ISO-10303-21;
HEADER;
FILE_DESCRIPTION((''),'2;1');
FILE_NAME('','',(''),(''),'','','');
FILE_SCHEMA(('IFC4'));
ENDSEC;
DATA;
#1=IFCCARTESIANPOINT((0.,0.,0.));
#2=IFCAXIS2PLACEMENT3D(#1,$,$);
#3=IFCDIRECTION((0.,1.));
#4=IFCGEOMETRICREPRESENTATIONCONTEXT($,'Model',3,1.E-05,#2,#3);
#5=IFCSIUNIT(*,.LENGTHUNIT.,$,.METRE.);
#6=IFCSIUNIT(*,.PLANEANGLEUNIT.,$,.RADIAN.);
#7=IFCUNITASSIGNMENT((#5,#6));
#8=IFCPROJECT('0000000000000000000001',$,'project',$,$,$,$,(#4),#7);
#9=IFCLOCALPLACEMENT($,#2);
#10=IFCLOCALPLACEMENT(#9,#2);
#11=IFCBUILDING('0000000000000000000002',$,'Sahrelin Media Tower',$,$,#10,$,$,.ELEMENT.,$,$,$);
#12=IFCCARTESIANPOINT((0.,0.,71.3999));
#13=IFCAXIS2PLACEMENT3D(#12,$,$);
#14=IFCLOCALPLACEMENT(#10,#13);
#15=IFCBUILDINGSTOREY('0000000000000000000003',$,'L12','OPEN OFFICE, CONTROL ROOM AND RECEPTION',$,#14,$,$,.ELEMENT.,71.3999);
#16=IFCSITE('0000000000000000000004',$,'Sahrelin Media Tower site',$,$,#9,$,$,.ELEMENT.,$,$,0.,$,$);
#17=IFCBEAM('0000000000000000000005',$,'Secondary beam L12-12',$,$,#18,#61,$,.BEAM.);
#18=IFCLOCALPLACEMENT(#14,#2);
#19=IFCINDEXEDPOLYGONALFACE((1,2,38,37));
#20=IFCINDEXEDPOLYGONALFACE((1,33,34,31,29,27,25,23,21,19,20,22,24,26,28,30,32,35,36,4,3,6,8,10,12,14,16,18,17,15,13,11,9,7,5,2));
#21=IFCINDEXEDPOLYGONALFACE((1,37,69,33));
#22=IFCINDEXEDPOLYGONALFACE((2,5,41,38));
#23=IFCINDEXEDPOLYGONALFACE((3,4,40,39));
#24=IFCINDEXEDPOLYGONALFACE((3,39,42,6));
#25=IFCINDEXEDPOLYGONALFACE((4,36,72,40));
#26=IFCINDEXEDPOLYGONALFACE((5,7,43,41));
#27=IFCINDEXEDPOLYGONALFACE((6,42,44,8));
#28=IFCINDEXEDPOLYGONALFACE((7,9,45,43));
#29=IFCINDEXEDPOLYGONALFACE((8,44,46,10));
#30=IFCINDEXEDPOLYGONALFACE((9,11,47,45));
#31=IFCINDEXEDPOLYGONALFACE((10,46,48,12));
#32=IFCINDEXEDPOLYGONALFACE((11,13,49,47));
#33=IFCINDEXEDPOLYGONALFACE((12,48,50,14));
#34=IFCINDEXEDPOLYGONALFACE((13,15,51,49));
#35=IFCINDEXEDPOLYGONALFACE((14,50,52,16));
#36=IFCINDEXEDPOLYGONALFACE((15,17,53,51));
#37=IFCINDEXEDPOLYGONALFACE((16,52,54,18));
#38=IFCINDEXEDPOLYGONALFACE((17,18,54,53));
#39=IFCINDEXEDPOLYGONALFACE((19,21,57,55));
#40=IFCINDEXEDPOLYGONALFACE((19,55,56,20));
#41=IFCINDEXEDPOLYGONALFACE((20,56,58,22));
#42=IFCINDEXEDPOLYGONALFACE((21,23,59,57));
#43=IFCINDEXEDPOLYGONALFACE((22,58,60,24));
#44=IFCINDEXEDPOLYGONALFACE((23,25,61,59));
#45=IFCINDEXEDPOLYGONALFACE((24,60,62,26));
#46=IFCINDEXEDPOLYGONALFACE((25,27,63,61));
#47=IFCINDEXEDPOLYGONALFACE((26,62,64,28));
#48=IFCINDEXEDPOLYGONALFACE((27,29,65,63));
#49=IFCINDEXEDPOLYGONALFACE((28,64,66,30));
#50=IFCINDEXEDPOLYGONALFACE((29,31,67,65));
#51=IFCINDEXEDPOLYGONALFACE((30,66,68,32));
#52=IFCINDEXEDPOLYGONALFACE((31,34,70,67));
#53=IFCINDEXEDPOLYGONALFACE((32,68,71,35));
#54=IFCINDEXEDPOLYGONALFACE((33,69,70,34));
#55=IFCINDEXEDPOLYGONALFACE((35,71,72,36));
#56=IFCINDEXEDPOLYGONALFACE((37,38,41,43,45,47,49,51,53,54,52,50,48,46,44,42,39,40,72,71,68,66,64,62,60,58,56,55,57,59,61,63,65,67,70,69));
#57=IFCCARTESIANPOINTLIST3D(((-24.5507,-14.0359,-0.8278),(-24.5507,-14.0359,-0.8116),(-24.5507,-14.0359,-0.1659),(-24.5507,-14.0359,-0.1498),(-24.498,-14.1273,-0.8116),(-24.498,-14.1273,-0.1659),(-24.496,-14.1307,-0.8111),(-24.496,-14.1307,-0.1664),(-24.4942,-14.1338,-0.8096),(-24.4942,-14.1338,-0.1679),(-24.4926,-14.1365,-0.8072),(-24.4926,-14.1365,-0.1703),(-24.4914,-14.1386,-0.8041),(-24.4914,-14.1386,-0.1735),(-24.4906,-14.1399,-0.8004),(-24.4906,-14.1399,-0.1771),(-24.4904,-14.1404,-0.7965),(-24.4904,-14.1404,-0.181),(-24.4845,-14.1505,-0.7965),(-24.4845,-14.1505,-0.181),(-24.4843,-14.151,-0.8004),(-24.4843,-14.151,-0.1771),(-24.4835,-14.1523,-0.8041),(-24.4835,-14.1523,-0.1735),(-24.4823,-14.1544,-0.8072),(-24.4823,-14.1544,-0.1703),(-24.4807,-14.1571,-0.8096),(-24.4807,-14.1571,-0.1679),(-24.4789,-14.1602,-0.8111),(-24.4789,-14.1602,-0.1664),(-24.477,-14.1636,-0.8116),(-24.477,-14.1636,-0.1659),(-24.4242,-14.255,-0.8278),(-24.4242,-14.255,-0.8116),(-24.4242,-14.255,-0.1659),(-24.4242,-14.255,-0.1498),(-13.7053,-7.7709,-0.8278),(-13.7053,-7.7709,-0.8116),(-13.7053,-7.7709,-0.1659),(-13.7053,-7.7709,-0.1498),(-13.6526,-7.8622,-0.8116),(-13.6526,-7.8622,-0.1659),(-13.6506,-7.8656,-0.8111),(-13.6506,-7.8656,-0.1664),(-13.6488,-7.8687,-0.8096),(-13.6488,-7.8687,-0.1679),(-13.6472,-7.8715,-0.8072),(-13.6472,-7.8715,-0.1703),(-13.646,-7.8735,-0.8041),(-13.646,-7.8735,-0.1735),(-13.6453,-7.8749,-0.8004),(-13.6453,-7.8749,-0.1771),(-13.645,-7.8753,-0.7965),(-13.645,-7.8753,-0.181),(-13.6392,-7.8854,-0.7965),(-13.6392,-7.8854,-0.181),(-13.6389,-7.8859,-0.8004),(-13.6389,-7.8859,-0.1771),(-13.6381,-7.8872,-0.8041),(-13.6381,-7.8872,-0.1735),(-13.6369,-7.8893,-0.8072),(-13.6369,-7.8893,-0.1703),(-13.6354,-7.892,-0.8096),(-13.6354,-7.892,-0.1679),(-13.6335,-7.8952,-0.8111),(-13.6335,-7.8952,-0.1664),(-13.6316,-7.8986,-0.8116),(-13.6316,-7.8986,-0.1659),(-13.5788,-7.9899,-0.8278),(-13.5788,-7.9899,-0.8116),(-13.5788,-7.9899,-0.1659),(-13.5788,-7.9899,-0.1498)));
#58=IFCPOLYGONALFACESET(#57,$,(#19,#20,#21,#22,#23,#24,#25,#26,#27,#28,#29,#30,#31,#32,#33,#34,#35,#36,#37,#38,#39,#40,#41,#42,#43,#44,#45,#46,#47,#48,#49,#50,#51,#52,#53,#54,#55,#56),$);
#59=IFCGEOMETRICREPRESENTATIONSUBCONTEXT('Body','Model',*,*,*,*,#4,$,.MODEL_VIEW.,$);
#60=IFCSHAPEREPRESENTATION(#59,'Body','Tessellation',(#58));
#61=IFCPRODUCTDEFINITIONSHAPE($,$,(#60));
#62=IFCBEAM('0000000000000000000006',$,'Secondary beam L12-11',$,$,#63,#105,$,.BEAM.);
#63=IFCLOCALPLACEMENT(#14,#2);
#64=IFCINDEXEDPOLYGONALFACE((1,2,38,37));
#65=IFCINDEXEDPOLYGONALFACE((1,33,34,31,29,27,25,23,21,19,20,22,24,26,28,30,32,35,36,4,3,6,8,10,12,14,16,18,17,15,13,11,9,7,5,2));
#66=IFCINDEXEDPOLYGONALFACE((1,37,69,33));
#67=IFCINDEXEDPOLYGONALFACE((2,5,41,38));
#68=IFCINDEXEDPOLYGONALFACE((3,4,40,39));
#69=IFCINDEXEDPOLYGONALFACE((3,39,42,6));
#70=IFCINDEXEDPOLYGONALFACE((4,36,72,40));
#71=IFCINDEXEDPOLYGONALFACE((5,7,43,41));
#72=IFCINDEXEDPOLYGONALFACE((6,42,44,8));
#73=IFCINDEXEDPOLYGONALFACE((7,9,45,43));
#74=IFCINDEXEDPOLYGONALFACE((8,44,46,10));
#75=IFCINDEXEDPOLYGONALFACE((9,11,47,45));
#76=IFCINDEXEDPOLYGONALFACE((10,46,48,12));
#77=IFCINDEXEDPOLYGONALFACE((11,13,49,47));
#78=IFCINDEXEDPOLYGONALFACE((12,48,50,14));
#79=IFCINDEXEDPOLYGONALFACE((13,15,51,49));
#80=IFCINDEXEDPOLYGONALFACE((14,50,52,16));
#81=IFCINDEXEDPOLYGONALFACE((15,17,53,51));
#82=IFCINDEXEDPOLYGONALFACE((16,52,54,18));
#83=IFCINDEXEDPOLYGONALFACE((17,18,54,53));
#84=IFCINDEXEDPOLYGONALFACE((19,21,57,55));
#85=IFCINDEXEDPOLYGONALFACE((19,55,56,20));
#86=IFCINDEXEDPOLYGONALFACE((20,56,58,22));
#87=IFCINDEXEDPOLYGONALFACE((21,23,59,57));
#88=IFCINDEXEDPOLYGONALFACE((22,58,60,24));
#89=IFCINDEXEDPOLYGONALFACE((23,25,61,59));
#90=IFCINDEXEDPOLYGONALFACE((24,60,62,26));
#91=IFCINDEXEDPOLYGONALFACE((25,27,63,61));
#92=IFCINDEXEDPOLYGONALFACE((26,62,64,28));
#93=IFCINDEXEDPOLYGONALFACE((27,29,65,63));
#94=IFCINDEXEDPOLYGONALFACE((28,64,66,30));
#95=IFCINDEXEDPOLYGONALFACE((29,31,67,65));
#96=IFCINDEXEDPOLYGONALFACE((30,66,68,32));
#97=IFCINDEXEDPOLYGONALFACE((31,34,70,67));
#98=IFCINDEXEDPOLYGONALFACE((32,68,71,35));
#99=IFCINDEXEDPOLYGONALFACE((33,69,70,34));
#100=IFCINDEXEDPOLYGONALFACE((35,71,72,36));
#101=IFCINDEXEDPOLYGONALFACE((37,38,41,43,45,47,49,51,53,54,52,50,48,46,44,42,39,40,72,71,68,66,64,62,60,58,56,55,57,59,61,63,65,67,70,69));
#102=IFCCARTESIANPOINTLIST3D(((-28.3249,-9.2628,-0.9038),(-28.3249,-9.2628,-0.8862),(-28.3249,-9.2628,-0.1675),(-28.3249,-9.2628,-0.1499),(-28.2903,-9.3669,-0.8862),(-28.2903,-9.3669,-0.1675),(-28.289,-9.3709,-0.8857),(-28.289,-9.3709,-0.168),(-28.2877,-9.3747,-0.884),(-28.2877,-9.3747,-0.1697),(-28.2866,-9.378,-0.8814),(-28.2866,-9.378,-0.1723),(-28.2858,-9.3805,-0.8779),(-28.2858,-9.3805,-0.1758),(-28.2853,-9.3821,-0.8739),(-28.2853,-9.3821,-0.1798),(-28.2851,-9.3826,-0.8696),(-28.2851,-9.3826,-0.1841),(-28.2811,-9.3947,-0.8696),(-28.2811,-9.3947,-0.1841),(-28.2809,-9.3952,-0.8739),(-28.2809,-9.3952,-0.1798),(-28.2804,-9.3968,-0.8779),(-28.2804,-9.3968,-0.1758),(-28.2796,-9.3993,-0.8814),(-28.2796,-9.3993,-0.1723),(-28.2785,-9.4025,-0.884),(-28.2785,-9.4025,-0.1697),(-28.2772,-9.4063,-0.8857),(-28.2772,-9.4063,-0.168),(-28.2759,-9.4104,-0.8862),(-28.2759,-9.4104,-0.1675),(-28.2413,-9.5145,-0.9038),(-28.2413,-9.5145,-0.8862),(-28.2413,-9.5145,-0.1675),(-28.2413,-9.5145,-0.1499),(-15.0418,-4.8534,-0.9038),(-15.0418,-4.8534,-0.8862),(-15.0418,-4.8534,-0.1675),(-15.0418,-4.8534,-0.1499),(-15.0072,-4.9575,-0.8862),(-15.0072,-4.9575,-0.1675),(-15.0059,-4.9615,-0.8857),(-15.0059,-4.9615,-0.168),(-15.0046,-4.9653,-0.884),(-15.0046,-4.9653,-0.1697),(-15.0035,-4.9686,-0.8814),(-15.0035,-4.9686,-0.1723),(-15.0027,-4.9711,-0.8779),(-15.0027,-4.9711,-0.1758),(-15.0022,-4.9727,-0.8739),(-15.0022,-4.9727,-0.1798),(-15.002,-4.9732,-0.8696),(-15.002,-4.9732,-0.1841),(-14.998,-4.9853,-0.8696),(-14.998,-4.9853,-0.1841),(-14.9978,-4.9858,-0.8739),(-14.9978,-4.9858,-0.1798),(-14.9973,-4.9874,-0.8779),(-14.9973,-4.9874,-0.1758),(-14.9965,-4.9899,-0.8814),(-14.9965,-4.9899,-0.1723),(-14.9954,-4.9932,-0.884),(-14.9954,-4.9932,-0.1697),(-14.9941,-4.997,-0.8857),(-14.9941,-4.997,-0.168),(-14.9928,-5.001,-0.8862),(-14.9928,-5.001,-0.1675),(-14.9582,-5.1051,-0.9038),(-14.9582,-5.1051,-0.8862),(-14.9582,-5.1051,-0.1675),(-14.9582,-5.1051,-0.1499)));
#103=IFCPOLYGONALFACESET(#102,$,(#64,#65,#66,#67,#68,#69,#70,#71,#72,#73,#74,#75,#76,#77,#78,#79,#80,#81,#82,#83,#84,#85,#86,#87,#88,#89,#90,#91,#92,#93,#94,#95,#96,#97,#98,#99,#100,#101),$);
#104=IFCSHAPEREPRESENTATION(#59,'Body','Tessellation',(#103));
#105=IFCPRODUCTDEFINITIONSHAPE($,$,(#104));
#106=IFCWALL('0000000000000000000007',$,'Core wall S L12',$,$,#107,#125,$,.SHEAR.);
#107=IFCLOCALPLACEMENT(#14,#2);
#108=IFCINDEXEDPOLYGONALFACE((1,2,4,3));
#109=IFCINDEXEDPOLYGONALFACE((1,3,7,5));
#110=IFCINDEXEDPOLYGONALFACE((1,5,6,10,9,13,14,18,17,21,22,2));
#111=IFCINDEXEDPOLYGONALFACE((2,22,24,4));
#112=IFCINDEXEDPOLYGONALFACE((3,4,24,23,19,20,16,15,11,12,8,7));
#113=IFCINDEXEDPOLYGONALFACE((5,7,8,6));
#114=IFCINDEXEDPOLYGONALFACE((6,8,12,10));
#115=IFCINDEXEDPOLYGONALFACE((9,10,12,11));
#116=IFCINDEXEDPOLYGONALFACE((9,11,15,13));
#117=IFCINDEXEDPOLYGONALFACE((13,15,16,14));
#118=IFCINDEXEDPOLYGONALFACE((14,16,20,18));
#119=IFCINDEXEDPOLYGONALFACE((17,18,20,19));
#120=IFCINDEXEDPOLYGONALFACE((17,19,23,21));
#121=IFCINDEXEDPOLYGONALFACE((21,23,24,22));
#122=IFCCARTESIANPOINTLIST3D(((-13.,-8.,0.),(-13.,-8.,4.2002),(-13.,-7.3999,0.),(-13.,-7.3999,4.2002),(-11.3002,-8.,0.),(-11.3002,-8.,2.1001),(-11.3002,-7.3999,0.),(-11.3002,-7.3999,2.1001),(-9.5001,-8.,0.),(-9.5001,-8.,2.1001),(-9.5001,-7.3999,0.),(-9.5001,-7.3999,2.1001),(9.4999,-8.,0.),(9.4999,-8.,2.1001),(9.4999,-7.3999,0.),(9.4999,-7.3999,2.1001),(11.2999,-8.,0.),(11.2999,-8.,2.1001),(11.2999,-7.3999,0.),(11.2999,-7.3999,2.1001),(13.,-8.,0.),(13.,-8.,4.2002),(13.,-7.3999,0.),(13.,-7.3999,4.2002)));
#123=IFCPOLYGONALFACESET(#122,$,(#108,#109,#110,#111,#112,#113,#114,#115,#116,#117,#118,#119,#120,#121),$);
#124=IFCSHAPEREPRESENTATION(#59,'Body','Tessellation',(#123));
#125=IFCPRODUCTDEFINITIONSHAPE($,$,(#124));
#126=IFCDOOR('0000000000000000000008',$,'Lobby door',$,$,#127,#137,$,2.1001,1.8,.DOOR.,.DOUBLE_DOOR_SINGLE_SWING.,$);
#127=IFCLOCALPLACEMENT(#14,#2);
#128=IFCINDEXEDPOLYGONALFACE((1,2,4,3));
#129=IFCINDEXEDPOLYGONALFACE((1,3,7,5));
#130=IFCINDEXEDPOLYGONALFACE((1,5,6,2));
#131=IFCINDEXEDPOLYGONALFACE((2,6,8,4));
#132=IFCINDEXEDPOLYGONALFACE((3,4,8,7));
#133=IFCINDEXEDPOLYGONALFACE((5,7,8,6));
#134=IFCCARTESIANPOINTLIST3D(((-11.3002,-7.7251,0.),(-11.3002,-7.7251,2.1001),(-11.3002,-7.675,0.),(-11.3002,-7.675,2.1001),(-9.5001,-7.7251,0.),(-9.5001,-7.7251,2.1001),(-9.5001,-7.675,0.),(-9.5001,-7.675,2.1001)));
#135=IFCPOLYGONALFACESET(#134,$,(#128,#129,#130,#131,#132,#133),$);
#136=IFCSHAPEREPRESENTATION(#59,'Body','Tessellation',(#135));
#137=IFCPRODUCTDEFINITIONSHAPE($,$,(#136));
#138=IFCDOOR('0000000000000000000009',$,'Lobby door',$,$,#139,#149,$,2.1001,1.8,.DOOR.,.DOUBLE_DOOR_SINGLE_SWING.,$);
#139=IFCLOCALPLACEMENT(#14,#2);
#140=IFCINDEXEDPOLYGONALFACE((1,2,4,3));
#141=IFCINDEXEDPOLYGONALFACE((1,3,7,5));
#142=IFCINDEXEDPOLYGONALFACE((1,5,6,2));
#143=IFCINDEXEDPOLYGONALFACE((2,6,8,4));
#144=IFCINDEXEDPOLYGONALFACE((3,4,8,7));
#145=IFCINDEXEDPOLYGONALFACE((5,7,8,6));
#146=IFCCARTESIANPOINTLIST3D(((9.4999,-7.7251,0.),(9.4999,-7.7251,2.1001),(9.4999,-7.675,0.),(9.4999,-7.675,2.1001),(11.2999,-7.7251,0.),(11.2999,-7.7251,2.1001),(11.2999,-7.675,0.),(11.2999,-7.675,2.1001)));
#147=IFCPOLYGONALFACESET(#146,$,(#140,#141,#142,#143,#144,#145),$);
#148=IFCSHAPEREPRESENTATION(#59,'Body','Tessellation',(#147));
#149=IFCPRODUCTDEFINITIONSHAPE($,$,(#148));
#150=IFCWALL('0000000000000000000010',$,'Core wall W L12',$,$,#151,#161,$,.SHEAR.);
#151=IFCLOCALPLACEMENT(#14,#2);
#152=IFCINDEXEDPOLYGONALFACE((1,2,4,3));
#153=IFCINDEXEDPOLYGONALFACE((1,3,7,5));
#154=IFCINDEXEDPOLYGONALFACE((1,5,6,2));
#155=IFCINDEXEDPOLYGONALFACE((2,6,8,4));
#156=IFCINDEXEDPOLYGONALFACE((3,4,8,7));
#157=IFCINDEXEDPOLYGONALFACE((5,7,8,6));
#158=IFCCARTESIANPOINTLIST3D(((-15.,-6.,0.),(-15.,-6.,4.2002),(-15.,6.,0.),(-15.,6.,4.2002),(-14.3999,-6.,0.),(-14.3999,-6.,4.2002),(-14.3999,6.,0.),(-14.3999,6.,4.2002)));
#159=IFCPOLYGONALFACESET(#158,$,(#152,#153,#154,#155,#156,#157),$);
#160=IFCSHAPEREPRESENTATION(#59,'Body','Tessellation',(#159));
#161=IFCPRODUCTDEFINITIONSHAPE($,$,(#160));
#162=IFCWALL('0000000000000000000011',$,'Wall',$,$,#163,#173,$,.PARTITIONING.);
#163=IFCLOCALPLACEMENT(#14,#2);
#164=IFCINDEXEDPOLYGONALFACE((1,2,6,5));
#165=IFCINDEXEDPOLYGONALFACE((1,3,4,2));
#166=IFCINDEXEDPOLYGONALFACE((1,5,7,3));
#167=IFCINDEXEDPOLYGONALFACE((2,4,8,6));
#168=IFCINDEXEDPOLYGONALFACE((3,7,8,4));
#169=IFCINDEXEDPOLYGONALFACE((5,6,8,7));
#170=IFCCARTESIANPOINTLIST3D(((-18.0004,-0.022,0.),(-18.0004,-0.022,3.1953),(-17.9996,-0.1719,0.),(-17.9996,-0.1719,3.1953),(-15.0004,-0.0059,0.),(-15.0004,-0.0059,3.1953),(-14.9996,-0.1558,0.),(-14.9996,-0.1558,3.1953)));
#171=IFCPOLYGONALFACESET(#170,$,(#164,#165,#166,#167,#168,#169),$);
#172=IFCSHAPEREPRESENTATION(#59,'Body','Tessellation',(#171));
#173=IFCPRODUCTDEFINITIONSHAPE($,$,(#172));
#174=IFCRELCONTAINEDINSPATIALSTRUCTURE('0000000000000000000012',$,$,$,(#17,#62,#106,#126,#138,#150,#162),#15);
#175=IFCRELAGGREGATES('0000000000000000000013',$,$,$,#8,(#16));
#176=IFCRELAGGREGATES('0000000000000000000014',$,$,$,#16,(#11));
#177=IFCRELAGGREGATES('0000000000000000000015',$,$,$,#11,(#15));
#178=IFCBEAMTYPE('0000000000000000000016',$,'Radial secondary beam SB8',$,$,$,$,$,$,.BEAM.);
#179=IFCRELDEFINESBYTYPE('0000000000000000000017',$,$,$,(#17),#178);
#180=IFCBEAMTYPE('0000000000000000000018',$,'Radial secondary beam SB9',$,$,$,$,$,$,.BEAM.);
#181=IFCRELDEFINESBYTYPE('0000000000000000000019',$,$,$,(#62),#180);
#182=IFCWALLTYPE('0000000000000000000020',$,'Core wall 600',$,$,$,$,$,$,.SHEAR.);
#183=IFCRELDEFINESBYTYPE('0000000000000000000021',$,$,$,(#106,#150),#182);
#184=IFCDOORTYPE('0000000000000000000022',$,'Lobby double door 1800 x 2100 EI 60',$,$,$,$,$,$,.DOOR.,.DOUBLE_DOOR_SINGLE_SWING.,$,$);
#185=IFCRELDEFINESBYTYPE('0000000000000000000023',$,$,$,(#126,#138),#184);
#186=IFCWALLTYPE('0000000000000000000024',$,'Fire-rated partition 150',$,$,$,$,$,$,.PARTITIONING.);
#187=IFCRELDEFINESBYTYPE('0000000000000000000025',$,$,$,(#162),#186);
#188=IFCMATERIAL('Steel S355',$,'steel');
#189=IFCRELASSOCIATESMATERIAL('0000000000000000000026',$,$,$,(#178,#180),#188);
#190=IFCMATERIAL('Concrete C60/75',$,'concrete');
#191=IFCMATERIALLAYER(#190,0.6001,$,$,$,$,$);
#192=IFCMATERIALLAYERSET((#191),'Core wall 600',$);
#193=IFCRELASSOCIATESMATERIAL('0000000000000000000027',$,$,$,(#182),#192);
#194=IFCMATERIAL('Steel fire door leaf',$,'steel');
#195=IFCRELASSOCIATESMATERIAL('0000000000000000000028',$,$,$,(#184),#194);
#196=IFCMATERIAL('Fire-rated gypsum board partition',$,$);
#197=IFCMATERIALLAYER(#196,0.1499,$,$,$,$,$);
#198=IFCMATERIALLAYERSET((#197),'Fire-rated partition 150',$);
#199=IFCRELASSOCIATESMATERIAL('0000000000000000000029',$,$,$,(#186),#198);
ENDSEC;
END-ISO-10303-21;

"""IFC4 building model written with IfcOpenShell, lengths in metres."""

from ifc_helpers import new_model, si_unit, direction, frame, frame_2d, origin, origin_2d, place, context, subcontext, project, spatial, rectangle, i_section, extrude, material, layer, layer_set, material_profile, profile_set, type_object, element, fill, save


model = new_model("IFC4")

# Units and contexts
model_context = context("Model", 3, precision=1e-05, world=origin(), true_north=direction((0.0, 1.0)))
body_context = subcontext(model_context, "Body", "Model", "MODEL_VIEW")
ifc_project = project(units=[si_unit("LENGTHUNIT", "METRE"), si_unit("PLANEANGLEUNIT", "RADIAN")], contexts=[model_context])

# Site, building, storey
site_placement = place(None, origin())
site = spatial("IfcSite", under=ifc_project, at=site_placement, Name="Sahrelin Media Tower site", CompositionType="ELEMENT", RefElevation=0.0)
building_placement = place(site_placement, origin())
building = spatial("IfcBuilding", under=site, at=building_placement, Name="Sahrelin Media Tower", CompositionType="ELEMENT")
storey_placement = place(building_placement, frame((0.0, 0.0, 71.3999)))
storey = spatial("IfcBuildingStorey", under=building, at=storey_placement, Name="L12", Description="OPEN OFFICE, CONTROL ROOM AND RECEPTION", CompositionType="ELEMENT", Elevation=71.3999)

# Beams
ifc_material_1 = material(Name="Steel S355", Category="steel")
ifc_material_profile_1 = material_profile(ifc_material_1, i_section(OverallWidth=0.2529, OverallDepth=0.678, WebThickness=0.0117, FlangeThickness=0.0161, FilletRadius=0.0151, at=origin_2d()), Name="UB 686x254x125")
ifc_profile_set_1 = profile_set([ifc_material_profile_1], Name="Steel S355")
beam_type_1 = type_object("IfcBeamType", Name="Radial secondary beam SB8", PredefinedType="BEAM", material=ifc_profile_set_1)
beam_1_placement = place(storey_placement, frame((-13.6421, -7.8804, -0.4888), z_axis=(-0.865904, -0.50021, 0.0), x_axis=(0.50021, -0.865904, 0.0)))
element("IfcBeam", 1, at=beam_1_placement, inside=storey, type_object=beam_type_1, Name="Secondary beam L12-12", PredefinedType="BEAM", context=body_context, shape_type="SweptSolid", body=[
    extrude(i_section(OverallWidth=0.2529, OverallDepth=0.678, WebThickness=0.0117, FlangeThickness=0.0161, FilletRadius=0.0151, at=origin_2d()), origin(), (0.0, 0.0, 1.0), 12.5249),
])
ifc_material_profile_2 = material_profile(ifc_material_1, i_section(OverallWidth=0.2651, OverallDepth=0.7539, WebThickness=0.0127, FlangeThickness=0.0176, FilletRadius=0.0166, at=origin_2d()), Name="UB 762x267x147")
ifc_profile_set_2 = profile_set([ifc_material_profile_2], Name="Steel S355")
beam_type_2 = type_object("IfcBeamType", Name="Radial secondary beam SB9", PredefinedType="BEAM", material=ifc_profile_set_2)
beam_2_placement = place(storey_placement, frame((-15.0, -4.9792, -0.5269), z_axis=(-0.949075, -0.31505, 0.0), x_axis=(0.31505, -0.949075, 0.0)))
element("IfcBeam", 2, at=beam_2_placement, inside=storey, type_object=beam_type_2, Name="Secondary beam L12-11", PredefinedType="BEAM", context=body_context, shape_type="SweptSolid", body=[
    extrude(i_section(OverallWidth=0.2651, OverallDepth=0.7539, WebThickness=0.0127, FlangeThickness=0.0176, FilletRadius=0.0166, at=origin_2d()), origin(), (0.0, 0.0, 1.0), 13.9958),
])

# Wall, openings, doors
ifc_material_2 = material(Name="Concrete C60/75", Category="concrete")
ifc_layer_1 = layer(ifc_material_2, 0.6001)
ifc_layer_set_1 = layer_set([ifc_layer_1], Name="Core wall 600")
wall_type_1 = type_object("IfcWallType", Name="Core wall 600", PredefinedType="SHEAR", material=ifc_layer_set_1)
wall_1_placement = place(storey_placement, frame((-13.0, -7.7, 0.0), z_axis=(0.0, 0.0, 1.0), x_axis=(1.0, 0.0, 0.0)))
wall_1 = element("IfcWall", 3, at=wall_1_placement, inside=storey, type_object=wall_type_1, Name="Core wall S L12", PredefinedType="SHEAR", context=body_context, shape_type="SweptSolid", body=[
    extrude(rectangle(XDim=26.0, YDim=0.6001, at=frame_2d((13.0, 0.0))), origin(), (0.0, 0.0, 1.0), 4.2002),
])
opening_1_placement = place(wall_1_placement, frame((1.7, 0.0, 0.0)))
opening_1 = element("IfcOpeningElement", 4, at=opening_1_placement, cuts=wall_1, PredefinedType="OPENING", context=body_context, shape_type="SweptSolid", body=[
    extrude(rectangle(XDim=1.8, YDim=2.1001, at=frame_2d((0.8999, 1.05))), frame((0.0, 0.3, 0.0), z_axis=(0.0, -1.0, 0.0), x_axis=(1.0, 0.0, 0.0)), (0.0, 0.0, 1.0), 0.6001),
])
opening_2_placement = place(wall_1_placement, frame((22.5, 0.0, 0.0)))
opening_2 = element("IfcOpeningElement", 5, at=opening_2_placement, cuts=wall_1, PredefinedType="OPENING", context=body_context, shape_type="SweptSolid", body=[
    extrude(rectangle(XDim=1.8, YDim=2.1001, at=frame_2d((0.8999, 1.05))), frame((0.0, 0.3, 0.0), z_axis=(0.0, -1.0, 0.0), x_axis=(1.0, 0.0, 0.0)), (0.0, 0.0, 1.0), 0.6001),
])
ifc_material_3 = material(Name="Steel fire door leaf", Category="steel")
door_type_1 = type_object("IfcDoorType", Name="Lobby double door 1800 x 2100 EI 60", OperationType="DOUBLE_DOOR_SINGLE_SWING", PredefinedType="DOOR", material=ifc_material_3)
door_1_placement = place(opening_1_placement, origin())
door_1 = element("IfcDoor", 6, at=door_1_placement, inside=storey, type_object=door_type_1, Name="Lobby door", OperationType="DOUBLE_DOOR_SINGLE_SWING", OverallHeight=2.1001, OverallWidth=1.8, PredefinedType="DOOR", context=body_context, shape_type="SweptSolid", body=[
    extrude(rectangle(XDim=1.8, YDim=2.1001, at=frame_2d((0.8999, 1.05))), frame((0.0, 0.0249, 0.0), z_axis=(0.0, -1.0, 0.0), x_axis=(1.0, 0.0, 0.0)), (0.0, 0.0, 1.0), 0.05),
])
fill(opening_1, door_1)
door_2_placement = place(opening_2_placement, origin())
door_2 = element("IfcDoor", 7, at=door_2_placement, inside=storey, type_object=door_type_1, Name="Lobby door", OperationType="DOUBLE_DOOR_SINGLE_SWING", OverallHeight=2.1001, OverallWidth=1.8, PredefinedType="DOOR", context=body_context, shape_type="SweptSolid", body=[
    extrude(rectangle(XDim=1.8, YDim=2.1001, at=frame_2d((0.8999, 1.05))), frame((0.0, 0.0249, 0.0), z_axis=(0.0, -1.0, 0.0), x_axis=(1.0, 0.0, 0.0)), (0.0, 0.0, 1.0), 0.05),
])
fill(opening_2, door_2)

# Walls
wall_2_placement = place(storey_placement, frame((-14.7, -6.0, 0.0), z_axis=(0.0, 0.0, 1.0), x_axis=(0.0, 1.0, 0.0)))
element("IfcWall", 8, at=wall_2_placement, inside=storey, type_object=wall_type_1, Name="Core wall W L12", PredefinedType="SHEAR", context=body_context, shape_type="SweptSolid", body=[
    extrude(rectangle(XDim=12.0, YDim=0.6001, at=frame_2d((6.0, 0.0))), origin(), (0.0, 0.0, 1.0), 4.2002),
])
ifc_material_4 = material(Name="Fire-rated gypsum board partition")
ifc_layer_2 = layer(ifc_material_4, 0.1499)
ifc_layer_set_2 = layer_set([ifc_layer_2], Name="Fire-rated partition 150")
wall_type_2 = type_object("IfcWallType", Name="Fire-rated partition 150", PredefinedType="PARTITIONING", material=ifc_layer_set_2)
wall_3_placement = place(storey_placement, frame((-18.0, -0.0969, 0.0), z_axis=(0.0, 0.0, 1.0), x_axis=(0.999986, 0.005371, 0.0)))
element("IfcWall", 9, at=wall_3_placement, inside=storey, type_object=wall_type_2, Name="Wall", PredefinedType="PARTITIONING", context=body_context, shape_type="SweptSolid", body=[
    extrude(rectangle(XDim=3.0, YDim=0.1499, at=frame_2d((1.5, 0.0))), origin(), (0.0, 0.0, 1.0), 3.1953),
])

save(model, "model.ifc")
